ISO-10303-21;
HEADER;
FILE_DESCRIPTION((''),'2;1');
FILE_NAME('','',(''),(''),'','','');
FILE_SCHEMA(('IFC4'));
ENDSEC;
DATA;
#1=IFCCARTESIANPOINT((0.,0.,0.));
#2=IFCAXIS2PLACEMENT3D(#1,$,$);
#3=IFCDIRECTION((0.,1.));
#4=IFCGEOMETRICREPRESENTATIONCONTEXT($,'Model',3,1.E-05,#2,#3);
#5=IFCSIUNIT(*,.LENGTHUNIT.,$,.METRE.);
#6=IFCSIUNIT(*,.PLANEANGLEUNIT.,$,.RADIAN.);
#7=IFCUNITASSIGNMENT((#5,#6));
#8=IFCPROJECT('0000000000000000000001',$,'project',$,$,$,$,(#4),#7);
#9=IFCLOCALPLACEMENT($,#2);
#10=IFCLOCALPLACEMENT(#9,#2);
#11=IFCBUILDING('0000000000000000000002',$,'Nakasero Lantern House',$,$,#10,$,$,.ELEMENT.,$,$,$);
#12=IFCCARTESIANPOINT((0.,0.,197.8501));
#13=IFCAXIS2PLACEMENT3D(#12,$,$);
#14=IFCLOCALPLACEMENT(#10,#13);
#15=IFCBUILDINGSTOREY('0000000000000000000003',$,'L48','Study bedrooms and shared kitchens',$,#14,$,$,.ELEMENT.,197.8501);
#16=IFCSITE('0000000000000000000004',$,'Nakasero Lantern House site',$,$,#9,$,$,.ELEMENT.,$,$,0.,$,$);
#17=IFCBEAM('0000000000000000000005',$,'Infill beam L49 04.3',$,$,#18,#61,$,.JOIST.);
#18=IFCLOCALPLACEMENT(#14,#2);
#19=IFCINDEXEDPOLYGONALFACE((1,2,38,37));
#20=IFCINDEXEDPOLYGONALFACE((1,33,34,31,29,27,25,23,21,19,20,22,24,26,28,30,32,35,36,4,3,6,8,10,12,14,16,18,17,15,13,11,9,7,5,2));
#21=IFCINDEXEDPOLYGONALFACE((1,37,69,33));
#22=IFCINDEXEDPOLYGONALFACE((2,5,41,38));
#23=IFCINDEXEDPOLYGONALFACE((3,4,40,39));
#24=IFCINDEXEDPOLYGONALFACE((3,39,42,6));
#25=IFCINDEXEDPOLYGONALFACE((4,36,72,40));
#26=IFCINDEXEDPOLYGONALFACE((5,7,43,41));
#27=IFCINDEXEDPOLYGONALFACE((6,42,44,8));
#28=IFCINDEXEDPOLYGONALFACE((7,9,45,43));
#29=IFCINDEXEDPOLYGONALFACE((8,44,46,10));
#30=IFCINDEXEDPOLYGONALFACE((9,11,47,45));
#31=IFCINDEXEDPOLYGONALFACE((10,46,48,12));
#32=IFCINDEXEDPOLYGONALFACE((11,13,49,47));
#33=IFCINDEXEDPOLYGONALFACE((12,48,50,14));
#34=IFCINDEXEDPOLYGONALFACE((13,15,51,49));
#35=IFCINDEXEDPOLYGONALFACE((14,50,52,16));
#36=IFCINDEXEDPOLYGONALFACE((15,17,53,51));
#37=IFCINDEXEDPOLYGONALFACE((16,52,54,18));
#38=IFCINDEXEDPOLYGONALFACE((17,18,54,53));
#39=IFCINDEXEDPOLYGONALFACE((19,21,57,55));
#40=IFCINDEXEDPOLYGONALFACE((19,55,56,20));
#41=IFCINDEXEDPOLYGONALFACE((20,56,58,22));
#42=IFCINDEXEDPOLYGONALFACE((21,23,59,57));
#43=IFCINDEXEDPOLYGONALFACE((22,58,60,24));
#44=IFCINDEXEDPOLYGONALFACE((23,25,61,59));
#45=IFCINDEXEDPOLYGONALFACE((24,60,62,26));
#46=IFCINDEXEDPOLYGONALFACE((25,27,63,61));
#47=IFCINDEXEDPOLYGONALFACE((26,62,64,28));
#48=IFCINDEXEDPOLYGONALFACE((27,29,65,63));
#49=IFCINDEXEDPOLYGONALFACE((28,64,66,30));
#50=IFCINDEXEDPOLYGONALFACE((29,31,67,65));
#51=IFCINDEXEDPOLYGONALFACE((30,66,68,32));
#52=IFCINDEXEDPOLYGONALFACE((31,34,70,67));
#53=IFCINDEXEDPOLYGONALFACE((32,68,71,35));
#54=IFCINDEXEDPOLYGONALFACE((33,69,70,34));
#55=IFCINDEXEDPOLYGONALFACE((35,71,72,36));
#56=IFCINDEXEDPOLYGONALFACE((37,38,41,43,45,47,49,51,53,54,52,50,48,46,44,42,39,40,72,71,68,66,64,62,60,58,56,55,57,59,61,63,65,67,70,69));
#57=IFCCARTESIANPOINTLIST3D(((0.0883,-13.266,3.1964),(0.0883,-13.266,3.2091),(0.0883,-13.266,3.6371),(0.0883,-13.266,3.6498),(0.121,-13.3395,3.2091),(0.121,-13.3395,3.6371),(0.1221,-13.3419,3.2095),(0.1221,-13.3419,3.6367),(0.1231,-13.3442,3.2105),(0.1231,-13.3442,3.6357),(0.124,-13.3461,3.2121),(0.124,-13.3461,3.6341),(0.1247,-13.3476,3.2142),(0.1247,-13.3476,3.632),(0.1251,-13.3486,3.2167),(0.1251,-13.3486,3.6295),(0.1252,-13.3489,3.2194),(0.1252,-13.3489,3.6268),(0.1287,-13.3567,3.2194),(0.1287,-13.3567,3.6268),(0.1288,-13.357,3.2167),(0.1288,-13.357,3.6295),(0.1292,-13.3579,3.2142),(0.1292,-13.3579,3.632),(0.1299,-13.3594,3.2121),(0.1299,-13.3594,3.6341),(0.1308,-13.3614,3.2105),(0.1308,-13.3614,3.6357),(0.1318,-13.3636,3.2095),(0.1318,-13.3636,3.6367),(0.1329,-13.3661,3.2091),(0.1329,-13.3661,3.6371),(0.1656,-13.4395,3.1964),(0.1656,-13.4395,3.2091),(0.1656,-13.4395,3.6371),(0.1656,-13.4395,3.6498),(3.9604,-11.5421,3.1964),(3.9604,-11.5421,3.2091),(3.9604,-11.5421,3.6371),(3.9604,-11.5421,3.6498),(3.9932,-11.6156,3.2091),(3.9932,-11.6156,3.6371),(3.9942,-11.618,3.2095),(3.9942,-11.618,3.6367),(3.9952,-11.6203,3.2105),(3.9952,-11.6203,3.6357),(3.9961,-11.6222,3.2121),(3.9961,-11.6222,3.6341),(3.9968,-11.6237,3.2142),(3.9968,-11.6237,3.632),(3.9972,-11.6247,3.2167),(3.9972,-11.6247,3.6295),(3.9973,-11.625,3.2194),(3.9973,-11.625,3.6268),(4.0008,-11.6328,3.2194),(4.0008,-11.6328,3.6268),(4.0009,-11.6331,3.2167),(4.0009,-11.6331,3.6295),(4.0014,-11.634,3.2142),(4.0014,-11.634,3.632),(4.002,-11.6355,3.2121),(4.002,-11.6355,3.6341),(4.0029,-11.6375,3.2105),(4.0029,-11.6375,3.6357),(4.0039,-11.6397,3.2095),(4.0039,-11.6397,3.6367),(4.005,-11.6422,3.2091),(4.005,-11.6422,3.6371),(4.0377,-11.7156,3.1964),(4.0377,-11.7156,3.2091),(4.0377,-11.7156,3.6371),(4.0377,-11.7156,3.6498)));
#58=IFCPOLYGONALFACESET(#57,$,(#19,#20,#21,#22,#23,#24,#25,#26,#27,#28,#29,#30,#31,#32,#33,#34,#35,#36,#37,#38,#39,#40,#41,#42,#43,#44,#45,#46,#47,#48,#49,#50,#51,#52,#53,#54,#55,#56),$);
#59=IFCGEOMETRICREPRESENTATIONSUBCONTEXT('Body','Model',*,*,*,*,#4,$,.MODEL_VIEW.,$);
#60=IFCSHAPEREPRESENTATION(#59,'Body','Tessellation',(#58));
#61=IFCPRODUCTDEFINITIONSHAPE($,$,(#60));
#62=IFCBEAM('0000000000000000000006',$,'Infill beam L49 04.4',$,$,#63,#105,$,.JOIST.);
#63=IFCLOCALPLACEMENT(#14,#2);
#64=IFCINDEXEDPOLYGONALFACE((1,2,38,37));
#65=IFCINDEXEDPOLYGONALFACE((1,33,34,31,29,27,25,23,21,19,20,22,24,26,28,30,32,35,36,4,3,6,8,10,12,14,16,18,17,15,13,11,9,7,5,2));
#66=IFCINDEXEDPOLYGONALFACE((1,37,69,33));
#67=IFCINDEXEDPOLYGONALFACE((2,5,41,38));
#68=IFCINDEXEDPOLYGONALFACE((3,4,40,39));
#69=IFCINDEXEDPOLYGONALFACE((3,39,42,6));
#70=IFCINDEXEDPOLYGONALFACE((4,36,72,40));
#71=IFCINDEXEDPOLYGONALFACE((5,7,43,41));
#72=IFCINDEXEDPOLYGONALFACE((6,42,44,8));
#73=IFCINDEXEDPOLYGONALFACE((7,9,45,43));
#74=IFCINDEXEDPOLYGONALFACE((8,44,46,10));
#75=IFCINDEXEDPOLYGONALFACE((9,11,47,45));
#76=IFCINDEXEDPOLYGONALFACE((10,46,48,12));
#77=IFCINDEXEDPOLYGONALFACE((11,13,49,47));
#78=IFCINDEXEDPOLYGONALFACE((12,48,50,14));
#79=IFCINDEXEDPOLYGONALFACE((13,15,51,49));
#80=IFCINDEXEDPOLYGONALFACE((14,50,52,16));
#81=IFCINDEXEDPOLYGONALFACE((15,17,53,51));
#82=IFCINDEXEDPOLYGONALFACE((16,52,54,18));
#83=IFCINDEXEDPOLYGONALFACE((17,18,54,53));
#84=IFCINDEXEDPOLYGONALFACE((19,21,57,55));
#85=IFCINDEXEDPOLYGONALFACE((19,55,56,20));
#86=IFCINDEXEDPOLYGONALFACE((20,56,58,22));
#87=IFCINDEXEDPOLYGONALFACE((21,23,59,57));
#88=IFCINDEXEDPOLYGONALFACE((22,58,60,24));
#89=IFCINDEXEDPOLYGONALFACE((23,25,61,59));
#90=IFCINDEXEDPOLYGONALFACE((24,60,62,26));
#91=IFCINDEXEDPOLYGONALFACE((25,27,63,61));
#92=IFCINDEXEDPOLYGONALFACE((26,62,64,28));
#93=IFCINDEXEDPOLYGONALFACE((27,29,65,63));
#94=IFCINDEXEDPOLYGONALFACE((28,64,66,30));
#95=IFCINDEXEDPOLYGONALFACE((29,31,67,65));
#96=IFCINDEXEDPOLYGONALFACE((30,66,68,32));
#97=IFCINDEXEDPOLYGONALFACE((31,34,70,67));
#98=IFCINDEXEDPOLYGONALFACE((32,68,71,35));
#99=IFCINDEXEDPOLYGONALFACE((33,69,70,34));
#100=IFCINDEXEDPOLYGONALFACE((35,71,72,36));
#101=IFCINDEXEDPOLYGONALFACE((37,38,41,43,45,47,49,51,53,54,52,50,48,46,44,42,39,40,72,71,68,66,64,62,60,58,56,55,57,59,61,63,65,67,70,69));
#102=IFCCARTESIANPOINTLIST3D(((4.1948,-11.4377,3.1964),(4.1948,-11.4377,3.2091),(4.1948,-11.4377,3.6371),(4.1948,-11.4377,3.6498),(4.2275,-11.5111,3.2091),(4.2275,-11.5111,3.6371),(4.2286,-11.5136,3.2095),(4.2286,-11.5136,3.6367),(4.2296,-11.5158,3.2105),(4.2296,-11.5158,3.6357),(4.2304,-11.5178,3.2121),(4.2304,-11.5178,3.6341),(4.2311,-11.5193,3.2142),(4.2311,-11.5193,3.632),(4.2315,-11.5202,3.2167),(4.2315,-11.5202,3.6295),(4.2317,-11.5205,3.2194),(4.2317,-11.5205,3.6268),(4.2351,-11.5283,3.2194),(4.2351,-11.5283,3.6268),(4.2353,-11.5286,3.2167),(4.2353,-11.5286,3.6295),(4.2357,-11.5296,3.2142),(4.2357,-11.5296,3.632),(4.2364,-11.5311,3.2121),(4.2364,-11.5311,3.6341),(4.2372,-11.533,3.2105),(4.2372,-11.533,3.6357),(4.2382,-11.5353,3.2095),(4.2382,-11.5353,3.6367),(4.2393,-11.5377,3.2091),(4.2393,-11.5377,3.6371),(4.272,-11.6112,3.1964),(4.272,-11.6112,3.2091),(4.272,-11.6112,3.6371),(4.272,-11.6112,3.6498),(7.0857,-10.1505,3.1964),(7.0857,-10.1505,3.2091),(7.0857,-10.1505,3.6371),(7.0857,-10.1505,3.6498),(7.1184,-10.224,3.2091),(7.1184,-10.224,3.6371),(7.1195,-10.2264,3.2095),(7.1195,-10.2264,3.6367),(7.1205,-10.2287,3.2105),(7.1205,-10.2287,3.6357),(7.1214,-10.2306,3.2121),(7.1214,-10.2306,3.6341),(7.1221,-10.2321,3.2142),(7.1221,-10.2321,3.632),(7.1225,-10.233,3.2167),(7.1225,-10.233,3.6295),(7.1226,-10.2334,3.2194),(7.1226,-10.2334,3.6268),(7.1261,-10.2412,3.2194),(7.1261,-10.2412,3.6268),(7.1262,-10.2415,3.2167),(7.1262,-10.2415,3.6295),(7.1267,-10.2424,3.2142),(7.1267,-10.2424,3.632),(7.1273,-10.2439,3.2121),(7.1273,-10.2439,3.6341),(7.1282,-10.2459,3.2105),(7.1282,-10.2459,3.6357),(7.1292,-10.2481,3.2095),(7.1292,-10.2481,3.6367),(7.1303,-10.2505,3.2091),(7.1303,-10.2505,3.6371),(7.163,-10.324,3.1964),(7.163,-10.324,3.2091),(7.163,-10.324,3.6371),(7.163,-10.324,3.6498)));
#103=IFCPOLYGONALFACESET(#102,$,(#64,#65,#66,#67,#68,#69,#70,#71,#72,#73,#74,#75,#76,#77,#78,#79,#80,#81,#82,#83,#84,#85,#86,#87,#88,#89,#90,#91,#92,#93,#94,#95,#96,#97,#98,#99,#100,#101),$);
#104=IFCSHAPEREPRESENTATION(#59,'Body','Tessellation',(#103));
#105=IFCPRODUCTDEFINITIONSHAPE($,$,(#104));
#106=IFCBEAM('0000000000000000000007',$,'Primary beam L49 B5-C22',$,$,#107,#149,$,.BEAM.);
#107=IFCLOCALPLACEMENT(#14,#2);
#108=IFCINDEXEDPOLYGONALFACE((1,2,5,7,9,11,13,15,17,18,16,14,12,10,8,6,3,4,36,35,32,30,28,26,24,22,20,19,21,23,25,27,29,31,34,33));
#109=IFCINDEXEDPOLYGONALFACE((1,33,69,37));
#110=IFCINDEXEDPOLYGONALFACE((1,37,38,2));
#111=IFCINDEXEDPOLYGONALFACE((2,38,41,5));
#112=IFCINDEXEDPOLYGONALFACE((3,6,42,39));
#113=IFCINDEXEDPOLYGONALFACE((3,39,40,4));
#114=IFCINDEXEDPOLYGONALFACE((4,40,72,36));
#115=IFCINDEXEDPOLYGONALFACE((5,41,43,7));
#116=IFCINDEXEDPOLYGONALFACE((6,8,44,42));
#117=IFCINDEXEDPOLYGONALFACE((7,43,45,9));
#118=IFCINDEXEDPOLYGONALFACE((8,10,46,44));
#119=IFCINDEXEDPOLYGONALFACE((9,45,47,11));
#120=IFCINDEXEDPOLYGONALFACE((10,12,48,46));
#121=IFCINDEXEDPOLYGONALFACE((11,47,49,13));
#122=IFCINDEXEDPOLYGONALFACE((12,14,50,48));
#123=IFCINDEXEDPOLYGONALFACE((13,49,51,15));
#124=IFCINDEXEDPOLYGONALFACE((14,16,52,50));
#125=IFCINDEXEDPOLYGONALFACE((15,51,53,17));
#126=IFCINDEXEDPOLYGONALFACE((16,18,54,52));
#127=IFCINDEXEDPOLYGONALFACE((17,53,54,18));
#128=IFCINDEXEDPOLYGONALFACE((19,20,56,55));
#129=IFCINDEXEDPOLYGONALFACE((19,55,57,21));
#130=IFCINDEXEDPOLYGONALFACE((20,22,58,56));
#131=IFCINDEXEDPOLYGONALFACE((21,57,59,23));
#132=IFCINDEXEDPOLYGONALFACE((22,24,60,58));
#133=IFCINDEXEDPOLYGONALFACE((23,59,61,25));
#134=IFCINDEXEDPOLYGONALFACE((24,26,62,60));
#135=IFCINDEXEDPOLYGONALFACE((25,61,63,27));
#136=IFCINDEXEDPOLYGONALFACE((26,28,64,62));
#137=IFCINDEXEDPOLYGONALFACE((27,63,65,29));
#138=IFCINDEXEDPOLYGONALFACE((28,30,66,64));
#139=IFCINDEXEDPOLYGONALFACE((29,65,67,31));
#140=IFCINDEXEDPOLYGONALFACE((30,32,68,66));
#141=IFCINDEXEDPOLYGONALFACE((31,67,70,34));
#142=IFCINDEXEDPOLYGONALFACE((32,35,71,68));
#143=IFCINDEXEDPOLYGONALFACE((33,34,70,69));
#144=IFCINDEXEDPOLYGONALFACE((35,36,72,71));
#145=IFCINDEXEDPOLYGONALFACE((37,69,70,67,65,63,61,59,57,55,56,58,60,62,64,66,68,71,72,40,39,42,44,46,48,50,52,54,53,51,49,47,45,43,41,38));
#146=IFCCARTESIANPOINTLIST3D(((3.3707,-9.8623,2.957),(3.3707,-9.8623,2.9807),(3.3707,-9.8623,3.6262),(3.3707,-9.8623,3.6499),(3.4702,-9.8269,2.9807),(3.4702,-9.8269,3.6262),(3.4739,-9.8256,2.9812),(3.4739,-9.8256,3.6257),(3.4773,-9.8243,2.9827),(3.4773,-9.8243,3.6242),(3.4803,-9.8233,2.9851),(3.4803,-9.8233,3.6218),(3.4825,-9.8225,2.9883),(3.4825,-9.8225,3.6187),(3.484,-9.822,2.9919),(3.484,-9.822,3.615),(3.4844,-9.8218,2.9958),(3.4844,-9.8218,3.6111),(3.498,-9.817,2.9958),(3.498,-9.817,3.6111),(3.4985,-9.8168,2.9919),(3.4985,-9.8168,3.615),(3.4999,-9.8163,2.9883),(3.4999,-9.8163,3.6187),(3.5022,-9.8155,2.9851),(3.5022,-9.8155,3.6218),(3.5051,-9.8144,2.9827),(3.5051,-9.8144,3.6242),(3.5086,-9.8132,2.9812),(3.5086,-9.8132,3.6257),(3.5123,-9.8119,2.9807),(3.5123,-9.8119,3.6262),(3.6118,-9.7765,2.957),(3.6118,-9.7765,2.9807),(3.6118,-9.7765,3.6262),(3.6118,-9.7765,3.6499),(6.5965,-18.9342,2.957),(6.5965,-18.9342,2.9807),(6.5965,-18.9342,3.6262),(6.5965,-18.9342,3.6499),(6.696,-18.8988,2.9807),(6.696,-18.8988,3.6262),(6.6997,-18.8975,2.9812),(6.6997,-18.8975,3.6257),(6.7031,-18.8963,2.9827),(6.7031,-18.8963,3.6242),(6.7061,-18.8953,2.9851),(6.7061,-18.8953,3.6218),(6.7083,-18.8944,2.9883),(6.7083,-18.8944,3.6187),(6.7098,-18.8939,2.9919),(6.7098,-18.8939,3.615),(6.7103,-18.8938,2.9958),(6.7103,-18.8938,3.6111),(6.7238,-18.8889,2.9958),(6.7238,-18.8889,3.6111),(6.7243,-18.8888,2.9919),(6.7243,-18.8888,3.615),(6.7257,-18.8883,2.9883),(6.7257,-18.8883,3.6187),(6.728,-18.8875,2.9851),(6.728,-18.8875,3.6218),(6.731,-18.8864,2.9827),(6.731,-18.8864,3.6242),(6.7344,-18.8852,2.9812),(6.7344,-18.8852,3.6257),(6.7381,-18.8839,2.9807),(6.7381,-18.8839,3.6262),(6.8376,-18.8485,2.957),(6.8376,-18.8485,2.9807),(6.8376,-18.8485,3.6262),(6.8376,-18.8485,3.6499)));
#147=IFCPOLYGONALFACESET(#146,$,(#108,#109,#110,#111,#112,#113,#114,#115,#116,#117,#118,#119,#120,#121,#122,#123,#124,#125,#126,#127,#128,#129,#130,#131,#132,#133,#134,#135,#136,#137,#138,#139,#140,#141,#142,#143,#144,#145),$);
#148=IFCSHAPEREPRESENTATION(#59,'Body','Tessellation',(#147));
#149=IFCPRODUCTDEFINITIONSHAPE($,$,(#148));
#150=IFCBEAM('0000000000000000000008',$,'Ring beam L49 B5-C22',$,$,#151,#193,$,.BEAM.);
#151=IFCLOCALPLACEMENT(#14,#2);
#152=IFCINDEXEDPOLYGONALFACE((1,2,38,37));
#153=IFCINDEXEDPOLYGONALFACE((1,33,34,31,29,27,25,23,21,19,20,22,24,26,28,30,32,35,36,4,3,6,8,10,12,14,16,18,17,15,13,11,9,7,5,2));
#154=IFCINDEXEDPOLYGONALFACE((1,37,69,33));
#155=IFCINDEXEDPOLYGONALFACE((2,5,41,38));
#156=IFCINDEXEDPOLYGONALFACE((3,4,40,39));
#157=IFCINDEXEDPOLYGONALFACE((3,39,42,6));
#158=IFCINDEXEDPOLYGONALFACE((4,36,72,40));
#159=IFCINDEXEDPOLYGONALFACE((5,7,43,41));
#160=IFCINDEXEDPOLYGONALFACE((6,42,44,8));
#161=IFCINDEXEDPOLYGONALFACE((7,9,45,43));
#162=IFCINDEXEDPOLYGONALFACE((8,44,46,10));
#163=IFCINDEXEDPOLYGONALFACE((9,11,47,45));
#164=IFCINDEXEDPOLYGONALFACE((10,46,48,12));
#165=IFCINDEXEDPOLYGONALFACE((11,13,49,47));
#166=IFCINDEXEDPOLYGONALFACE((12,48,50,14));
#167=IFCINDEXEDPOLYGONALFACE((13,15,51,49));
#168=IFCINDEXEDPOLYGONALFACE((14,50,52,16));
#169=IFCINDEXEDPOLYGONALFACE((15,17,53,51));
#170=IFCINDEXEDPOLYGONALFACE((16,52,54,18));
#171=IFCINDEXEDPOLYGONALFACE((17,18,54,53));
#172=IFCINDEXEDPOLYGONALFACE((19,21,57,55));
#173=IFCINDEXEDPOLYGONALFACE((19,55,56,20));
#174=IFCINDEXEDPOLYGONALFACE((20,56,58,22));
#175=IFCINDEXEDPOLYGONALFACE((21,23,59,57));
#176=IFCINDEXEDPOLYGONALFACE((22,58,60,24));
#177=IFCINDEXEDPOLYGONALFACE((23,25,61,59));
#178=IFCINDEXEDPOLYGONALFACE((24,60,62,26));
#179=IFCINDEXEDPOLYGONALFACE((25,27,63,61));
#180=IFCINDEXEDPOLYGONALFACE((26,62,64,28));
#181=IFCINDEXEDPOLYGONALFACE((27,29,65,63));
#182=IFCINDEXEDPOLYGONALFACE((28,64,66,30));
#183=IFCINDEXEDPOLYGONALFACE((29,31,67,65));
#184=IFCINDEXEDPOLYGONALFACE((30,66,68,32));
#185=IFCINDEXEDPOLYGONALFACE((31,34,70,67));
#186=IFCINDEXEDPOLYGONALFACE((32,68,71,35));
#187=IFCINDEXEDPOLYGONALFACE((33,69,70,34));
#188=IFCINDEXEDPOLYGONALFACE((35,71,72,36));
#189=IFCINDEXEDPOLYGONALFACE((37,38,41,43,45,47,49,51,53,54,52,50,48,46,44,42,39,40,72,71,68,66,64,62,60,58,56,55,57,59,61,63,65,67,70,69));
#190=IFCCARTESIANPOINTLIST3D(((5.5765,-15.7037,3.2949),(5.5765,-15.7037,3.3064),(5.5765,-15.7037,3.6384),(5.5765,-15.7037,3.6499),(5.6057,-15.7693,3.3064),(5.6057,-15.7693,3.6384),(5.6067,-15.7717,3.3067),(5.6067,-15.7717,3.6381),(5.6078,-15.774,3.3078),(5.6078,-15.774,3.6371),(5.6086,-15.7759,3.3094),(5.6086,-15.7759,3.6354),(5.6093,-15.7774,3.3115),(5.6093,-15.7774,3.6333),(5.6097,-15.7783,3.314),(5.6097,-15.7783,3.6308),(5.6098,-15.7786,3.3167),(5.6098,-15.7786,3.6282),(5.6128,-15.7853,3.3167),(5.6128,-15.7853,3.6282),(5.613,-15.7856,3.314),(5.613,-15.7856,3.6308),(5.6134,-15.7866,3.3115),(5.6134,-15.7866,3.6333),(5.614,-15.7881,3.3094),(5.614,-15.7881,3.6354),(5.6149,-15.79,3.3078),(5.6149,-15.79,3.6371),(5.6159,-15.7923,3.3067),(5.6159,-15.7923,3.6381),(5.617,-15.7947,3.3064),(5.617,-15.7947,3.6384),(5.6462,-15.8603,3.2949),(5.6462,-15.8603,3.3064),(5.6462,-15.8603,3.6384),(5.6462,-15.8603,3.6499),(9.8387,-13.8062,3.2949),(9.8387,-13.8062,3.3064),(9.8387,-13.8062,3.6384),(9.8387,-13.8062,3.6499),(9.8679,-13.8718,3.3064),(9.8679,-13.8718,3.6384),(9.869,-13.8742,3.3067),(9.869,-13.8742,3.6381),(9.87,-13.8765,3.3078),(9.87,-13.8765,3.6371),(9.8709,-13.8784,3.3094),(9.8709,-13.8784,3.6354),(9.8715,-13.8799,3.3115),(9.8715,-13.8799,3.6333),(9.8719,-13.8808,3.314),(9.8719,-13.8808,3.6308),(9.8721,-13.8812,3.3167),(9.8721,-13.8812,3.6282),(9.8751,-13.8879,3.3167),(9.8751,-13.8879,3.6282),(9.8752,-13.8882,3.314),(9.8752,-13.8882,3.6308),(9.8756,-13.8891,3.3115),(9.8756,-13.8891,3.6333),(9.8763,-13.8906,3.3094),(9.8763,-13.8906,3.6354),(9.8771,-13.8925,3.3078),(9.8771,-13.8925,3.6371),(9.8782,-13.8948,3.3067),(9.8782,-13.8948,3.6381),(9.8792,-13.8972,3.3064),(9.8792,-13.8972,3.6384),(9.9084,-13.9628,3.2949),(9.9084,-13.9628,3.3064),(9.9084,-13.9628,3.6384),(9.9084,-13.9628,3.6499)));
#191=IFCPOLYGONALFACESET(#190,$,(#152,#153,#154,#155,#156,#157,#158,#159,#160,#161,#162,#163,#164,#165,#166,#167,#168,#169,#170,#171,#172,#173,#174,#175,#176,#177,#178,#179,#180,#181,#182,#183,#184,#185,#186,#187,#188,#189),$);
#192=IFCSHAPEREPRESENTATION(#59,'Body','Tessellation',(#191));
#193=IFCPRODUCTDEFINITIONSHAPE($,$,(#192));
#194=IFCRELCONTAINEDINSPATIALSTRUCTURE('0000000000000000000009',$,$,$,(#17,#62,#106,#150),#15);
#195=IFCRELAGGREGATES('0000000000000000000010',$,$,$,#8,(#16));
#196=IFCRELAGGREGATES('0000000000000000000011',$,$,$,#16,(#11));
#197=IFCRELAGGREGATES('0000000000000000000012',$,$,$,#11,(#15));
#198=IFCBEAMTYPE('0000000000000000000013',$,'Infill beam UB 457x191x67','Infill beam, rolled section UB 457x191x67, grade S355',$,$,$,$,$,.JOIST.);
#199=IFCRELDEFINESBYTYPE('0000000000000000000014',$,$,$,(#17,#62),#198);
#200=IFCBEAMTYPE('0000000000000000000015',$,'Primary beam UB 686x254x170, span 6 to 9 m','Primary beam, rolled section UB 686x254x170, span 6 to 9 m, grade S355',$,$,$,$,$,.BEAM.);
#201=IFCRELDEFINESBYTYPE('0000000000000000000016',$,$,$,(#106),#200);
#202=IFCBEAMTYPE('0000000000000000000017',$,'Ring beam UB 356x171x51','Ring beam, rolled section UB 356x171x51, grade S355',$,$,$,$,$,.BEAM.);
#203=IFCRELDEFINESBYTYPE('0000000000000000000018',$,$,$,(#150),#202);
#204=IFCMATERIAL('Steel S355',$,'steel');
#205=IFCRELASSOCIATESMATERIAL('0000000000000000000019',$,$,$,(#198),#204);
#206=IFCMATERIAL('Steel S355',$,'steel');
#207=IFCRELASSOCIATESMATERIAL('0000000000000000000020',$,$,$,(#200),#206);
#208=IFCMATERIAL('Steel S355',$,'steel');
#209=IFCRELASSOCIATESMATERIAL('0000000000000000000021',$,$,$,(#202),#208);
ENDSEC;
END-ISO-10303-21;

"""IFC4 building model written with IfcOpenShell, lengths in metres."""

from ifc_helpers import new_model, si_unit, direction, frame, origin, origin_2d, place, context, subcontext, project, spatial, i_section, extrude, material, material_profile, profile_set, type_object, element, save


model = new_model("IFC4")

# Units and contexts
model_context = context("Model", 3, precision=1e-05, world=origin(), true_north=direction((0.0, 1.0)))
body_context = subcontext(model_context, "Body", "Model", "MODEL_VIEW")
ifc_project = project(units=[si_unit("LENGTHUNIT", "METRE"), si_unit("PLANEANGLEUNIT", "RADIAN")], contexts=[model_context])

# Site, building, storey
site_placement = place(None, origin())
site = spatial("IfcSite", under=ifc_project, at=site_placement, Name="Nakasero Lantern House site", CompositionType="ELEMENT", RefElevation=0.0)
building_placement = place(site_placement, origin())
building = spatial("IfcBuilding", under=site, at=building_placement, Name="Nakasero Lantern House", CompositionType="ELEMENT")
storey_placement = place(building_placement, frame((0.0, 0.0, 197.8501)))
storey = spatial("IfcBuildingStorey", under=building, at=storey_placement, Name="L48", Description="Study bedrooms and shared kitchens", CompositionType="ELEMENT", Elevation=197.8501)

# Beams
ifc_material_1 = material(Name="Steel S355", Category="steel")
ifc_material_profile_1 = material_profile(ifc_material_1, i_section(OverallWidth=0.1899, OverallDepth=0.4534, WebThickness=0.0085, FlangeThickness=0.0127, FilletRadius=0.0103, at=origin_2d()), Name="UB 457x191x67")
ifc_profile_set_1 = profile_set([ifc_material_profile_1], Name="Steel S355")
beam_type_1 = type_object("IfcBeamType", Name="Infill beam UB 457x191x67", Description="Infill beam, rolled section UB 457x191x67, grade S355", PredefinedType="JOIST", material=ifc_profile_set_1)
beam_1_placement = place(storey_placement, frame((0.127, -13.3528, 3.4231), z_axis=(0.913552, 0.406721, 0.0), x_axis=(-0.406721, 0.913552, 0.0)))
element("IfcBeam", 1, at=beam_1_placement, inside=storey, type_object=beam_type_1, Name="Infill beam L49 04.3", PredefinedType="JOIST", context=body_context, shape_type="SweptSolid", body=[
    extrude(i_section(OverallWidth=0.1899, OverallDepth=0.4534, WebThickness=0.0085, FlangeThickness=0.0127, FilletRadius=0.0103, at=origin_2d()), origin(), (0.0, 0.0, 1.0), 4.2385),
])
beam_2_placement = place(storey_placement, frame((4.2334, -11.5244, 3.4231), z_axis=(0.913544, 0.40674, 0.0), x_axis=(-0.40674, 0.913544, 0.0)))
element("IfcBeam", 2, at=beam_2_placement, inside=storey, type_object=beam_type_1, Name="Infill beam L49 04.4", PredefinedType="JOIST", context=body_context, shape_type="SweptSolid", body=[
    extrude(i_section(OverallWidth=0.1899, OverallDepth=0.4534, WebThickness=0.0085, FlangeThickness=0.0127, FilletRadius=0.0103, at=origin_2d()), origin(), (0.0, 0.0, 1.0), 3.1646),
])
ifc_material_2 = material(Name="Steel S355", Category="steel")
ifc_material_profile_2 = material_profile(ifc_material_2, i_section(OverallWidth=0.2559, OverallDepth=0.6929, WebThickness=0.0144, FlangeThickness=0.0237, FilletRadius=0.0151, at=origin_2d()), Name="UB 686x254x170")
ifc_profile_set_2 = profile_set([ifc_material_profile_2], Name="Steel S355")
beam_type_2 = type_object("IfcBeamType", Name="Primary beam UB 686x254x170, span 6 to 9 m", Description="Primary beam, rolled section UB 686x254x170, span 6 to 9 m, grade S355", PredefinedType="BEAM", material=ifc_profile_set_2)
beam_3_placement = place(storey_placement, frame((6.717, -18.8914, 3.3035), z_axis=(-0.33503, 0.942207, 0.0), x_axis=(-0.942207, -0.33503, 0.0)))
element("IfcBeam", 3, at=beam_3_placement, inside=storey, type_object=beam_type_2, Name="Primary beam L49 B5-C22", PredefinedType="BEAM", context=body_context, shape_type="SweptSolid", body=[
    extrude(i_section(OverallWidth=0.2559, OverallDepth=0.6929, WebThickness=0.0144, FlangeThickness=0.0237, FilletRadius=0.0151, at=origin_2d()), origin(), (0.0, 0.0, 1.0), 9.6284),
])
ifc_material_3 = material(Name="Steel S355", Category="steel")
ifc_material_profile_3 = material_profile(ifc_material_3, i_section(OverallWidth=0.1714, OverallDepth=0.355, WebThickness=0.0073, FlangeThickness=0.0115, FilletRadius=0.0103, at=origin_2d()), Name="UB 356x171x51")
ifc_profile_set_3 = profile_set([ifc_material_profile_3], Name="Steel S355")
beam_type_3 = type_object("IfcBeamType", Name="Ring beam UB 356x171x51", Description="Ring beam, rolled section UB 356x171x51, grade S355", PredefinedType="BEAM", material=ifc_profile_set_3)
beam_4_placement = place(storey_placement, frame((5.6113, -15.782, 3.4724), z_axis=(0.913561, 0.406702, 0.0), x_axis=(-0.406702, 0.913561, 0.0)))
element("IfcBeam", 4, at=beam_4_placement, inside=storey, type_object=beam_type_3, Name="Ring beam L49 B5-C22", PredefinedType="BEAM", context=body_context, shape_type="SweptSolid", body=[
    extrude(i_section(OverallWidth=0.1714, OverallDepth=0.355, WebThickness=0.0073, FlangeThickness=0.0115, FilletRadius=0.0103, at=origin_2d()), origin(), (0.0, 0.0, 1.0), 4.6655),
])

save(model, "model.ifc")
